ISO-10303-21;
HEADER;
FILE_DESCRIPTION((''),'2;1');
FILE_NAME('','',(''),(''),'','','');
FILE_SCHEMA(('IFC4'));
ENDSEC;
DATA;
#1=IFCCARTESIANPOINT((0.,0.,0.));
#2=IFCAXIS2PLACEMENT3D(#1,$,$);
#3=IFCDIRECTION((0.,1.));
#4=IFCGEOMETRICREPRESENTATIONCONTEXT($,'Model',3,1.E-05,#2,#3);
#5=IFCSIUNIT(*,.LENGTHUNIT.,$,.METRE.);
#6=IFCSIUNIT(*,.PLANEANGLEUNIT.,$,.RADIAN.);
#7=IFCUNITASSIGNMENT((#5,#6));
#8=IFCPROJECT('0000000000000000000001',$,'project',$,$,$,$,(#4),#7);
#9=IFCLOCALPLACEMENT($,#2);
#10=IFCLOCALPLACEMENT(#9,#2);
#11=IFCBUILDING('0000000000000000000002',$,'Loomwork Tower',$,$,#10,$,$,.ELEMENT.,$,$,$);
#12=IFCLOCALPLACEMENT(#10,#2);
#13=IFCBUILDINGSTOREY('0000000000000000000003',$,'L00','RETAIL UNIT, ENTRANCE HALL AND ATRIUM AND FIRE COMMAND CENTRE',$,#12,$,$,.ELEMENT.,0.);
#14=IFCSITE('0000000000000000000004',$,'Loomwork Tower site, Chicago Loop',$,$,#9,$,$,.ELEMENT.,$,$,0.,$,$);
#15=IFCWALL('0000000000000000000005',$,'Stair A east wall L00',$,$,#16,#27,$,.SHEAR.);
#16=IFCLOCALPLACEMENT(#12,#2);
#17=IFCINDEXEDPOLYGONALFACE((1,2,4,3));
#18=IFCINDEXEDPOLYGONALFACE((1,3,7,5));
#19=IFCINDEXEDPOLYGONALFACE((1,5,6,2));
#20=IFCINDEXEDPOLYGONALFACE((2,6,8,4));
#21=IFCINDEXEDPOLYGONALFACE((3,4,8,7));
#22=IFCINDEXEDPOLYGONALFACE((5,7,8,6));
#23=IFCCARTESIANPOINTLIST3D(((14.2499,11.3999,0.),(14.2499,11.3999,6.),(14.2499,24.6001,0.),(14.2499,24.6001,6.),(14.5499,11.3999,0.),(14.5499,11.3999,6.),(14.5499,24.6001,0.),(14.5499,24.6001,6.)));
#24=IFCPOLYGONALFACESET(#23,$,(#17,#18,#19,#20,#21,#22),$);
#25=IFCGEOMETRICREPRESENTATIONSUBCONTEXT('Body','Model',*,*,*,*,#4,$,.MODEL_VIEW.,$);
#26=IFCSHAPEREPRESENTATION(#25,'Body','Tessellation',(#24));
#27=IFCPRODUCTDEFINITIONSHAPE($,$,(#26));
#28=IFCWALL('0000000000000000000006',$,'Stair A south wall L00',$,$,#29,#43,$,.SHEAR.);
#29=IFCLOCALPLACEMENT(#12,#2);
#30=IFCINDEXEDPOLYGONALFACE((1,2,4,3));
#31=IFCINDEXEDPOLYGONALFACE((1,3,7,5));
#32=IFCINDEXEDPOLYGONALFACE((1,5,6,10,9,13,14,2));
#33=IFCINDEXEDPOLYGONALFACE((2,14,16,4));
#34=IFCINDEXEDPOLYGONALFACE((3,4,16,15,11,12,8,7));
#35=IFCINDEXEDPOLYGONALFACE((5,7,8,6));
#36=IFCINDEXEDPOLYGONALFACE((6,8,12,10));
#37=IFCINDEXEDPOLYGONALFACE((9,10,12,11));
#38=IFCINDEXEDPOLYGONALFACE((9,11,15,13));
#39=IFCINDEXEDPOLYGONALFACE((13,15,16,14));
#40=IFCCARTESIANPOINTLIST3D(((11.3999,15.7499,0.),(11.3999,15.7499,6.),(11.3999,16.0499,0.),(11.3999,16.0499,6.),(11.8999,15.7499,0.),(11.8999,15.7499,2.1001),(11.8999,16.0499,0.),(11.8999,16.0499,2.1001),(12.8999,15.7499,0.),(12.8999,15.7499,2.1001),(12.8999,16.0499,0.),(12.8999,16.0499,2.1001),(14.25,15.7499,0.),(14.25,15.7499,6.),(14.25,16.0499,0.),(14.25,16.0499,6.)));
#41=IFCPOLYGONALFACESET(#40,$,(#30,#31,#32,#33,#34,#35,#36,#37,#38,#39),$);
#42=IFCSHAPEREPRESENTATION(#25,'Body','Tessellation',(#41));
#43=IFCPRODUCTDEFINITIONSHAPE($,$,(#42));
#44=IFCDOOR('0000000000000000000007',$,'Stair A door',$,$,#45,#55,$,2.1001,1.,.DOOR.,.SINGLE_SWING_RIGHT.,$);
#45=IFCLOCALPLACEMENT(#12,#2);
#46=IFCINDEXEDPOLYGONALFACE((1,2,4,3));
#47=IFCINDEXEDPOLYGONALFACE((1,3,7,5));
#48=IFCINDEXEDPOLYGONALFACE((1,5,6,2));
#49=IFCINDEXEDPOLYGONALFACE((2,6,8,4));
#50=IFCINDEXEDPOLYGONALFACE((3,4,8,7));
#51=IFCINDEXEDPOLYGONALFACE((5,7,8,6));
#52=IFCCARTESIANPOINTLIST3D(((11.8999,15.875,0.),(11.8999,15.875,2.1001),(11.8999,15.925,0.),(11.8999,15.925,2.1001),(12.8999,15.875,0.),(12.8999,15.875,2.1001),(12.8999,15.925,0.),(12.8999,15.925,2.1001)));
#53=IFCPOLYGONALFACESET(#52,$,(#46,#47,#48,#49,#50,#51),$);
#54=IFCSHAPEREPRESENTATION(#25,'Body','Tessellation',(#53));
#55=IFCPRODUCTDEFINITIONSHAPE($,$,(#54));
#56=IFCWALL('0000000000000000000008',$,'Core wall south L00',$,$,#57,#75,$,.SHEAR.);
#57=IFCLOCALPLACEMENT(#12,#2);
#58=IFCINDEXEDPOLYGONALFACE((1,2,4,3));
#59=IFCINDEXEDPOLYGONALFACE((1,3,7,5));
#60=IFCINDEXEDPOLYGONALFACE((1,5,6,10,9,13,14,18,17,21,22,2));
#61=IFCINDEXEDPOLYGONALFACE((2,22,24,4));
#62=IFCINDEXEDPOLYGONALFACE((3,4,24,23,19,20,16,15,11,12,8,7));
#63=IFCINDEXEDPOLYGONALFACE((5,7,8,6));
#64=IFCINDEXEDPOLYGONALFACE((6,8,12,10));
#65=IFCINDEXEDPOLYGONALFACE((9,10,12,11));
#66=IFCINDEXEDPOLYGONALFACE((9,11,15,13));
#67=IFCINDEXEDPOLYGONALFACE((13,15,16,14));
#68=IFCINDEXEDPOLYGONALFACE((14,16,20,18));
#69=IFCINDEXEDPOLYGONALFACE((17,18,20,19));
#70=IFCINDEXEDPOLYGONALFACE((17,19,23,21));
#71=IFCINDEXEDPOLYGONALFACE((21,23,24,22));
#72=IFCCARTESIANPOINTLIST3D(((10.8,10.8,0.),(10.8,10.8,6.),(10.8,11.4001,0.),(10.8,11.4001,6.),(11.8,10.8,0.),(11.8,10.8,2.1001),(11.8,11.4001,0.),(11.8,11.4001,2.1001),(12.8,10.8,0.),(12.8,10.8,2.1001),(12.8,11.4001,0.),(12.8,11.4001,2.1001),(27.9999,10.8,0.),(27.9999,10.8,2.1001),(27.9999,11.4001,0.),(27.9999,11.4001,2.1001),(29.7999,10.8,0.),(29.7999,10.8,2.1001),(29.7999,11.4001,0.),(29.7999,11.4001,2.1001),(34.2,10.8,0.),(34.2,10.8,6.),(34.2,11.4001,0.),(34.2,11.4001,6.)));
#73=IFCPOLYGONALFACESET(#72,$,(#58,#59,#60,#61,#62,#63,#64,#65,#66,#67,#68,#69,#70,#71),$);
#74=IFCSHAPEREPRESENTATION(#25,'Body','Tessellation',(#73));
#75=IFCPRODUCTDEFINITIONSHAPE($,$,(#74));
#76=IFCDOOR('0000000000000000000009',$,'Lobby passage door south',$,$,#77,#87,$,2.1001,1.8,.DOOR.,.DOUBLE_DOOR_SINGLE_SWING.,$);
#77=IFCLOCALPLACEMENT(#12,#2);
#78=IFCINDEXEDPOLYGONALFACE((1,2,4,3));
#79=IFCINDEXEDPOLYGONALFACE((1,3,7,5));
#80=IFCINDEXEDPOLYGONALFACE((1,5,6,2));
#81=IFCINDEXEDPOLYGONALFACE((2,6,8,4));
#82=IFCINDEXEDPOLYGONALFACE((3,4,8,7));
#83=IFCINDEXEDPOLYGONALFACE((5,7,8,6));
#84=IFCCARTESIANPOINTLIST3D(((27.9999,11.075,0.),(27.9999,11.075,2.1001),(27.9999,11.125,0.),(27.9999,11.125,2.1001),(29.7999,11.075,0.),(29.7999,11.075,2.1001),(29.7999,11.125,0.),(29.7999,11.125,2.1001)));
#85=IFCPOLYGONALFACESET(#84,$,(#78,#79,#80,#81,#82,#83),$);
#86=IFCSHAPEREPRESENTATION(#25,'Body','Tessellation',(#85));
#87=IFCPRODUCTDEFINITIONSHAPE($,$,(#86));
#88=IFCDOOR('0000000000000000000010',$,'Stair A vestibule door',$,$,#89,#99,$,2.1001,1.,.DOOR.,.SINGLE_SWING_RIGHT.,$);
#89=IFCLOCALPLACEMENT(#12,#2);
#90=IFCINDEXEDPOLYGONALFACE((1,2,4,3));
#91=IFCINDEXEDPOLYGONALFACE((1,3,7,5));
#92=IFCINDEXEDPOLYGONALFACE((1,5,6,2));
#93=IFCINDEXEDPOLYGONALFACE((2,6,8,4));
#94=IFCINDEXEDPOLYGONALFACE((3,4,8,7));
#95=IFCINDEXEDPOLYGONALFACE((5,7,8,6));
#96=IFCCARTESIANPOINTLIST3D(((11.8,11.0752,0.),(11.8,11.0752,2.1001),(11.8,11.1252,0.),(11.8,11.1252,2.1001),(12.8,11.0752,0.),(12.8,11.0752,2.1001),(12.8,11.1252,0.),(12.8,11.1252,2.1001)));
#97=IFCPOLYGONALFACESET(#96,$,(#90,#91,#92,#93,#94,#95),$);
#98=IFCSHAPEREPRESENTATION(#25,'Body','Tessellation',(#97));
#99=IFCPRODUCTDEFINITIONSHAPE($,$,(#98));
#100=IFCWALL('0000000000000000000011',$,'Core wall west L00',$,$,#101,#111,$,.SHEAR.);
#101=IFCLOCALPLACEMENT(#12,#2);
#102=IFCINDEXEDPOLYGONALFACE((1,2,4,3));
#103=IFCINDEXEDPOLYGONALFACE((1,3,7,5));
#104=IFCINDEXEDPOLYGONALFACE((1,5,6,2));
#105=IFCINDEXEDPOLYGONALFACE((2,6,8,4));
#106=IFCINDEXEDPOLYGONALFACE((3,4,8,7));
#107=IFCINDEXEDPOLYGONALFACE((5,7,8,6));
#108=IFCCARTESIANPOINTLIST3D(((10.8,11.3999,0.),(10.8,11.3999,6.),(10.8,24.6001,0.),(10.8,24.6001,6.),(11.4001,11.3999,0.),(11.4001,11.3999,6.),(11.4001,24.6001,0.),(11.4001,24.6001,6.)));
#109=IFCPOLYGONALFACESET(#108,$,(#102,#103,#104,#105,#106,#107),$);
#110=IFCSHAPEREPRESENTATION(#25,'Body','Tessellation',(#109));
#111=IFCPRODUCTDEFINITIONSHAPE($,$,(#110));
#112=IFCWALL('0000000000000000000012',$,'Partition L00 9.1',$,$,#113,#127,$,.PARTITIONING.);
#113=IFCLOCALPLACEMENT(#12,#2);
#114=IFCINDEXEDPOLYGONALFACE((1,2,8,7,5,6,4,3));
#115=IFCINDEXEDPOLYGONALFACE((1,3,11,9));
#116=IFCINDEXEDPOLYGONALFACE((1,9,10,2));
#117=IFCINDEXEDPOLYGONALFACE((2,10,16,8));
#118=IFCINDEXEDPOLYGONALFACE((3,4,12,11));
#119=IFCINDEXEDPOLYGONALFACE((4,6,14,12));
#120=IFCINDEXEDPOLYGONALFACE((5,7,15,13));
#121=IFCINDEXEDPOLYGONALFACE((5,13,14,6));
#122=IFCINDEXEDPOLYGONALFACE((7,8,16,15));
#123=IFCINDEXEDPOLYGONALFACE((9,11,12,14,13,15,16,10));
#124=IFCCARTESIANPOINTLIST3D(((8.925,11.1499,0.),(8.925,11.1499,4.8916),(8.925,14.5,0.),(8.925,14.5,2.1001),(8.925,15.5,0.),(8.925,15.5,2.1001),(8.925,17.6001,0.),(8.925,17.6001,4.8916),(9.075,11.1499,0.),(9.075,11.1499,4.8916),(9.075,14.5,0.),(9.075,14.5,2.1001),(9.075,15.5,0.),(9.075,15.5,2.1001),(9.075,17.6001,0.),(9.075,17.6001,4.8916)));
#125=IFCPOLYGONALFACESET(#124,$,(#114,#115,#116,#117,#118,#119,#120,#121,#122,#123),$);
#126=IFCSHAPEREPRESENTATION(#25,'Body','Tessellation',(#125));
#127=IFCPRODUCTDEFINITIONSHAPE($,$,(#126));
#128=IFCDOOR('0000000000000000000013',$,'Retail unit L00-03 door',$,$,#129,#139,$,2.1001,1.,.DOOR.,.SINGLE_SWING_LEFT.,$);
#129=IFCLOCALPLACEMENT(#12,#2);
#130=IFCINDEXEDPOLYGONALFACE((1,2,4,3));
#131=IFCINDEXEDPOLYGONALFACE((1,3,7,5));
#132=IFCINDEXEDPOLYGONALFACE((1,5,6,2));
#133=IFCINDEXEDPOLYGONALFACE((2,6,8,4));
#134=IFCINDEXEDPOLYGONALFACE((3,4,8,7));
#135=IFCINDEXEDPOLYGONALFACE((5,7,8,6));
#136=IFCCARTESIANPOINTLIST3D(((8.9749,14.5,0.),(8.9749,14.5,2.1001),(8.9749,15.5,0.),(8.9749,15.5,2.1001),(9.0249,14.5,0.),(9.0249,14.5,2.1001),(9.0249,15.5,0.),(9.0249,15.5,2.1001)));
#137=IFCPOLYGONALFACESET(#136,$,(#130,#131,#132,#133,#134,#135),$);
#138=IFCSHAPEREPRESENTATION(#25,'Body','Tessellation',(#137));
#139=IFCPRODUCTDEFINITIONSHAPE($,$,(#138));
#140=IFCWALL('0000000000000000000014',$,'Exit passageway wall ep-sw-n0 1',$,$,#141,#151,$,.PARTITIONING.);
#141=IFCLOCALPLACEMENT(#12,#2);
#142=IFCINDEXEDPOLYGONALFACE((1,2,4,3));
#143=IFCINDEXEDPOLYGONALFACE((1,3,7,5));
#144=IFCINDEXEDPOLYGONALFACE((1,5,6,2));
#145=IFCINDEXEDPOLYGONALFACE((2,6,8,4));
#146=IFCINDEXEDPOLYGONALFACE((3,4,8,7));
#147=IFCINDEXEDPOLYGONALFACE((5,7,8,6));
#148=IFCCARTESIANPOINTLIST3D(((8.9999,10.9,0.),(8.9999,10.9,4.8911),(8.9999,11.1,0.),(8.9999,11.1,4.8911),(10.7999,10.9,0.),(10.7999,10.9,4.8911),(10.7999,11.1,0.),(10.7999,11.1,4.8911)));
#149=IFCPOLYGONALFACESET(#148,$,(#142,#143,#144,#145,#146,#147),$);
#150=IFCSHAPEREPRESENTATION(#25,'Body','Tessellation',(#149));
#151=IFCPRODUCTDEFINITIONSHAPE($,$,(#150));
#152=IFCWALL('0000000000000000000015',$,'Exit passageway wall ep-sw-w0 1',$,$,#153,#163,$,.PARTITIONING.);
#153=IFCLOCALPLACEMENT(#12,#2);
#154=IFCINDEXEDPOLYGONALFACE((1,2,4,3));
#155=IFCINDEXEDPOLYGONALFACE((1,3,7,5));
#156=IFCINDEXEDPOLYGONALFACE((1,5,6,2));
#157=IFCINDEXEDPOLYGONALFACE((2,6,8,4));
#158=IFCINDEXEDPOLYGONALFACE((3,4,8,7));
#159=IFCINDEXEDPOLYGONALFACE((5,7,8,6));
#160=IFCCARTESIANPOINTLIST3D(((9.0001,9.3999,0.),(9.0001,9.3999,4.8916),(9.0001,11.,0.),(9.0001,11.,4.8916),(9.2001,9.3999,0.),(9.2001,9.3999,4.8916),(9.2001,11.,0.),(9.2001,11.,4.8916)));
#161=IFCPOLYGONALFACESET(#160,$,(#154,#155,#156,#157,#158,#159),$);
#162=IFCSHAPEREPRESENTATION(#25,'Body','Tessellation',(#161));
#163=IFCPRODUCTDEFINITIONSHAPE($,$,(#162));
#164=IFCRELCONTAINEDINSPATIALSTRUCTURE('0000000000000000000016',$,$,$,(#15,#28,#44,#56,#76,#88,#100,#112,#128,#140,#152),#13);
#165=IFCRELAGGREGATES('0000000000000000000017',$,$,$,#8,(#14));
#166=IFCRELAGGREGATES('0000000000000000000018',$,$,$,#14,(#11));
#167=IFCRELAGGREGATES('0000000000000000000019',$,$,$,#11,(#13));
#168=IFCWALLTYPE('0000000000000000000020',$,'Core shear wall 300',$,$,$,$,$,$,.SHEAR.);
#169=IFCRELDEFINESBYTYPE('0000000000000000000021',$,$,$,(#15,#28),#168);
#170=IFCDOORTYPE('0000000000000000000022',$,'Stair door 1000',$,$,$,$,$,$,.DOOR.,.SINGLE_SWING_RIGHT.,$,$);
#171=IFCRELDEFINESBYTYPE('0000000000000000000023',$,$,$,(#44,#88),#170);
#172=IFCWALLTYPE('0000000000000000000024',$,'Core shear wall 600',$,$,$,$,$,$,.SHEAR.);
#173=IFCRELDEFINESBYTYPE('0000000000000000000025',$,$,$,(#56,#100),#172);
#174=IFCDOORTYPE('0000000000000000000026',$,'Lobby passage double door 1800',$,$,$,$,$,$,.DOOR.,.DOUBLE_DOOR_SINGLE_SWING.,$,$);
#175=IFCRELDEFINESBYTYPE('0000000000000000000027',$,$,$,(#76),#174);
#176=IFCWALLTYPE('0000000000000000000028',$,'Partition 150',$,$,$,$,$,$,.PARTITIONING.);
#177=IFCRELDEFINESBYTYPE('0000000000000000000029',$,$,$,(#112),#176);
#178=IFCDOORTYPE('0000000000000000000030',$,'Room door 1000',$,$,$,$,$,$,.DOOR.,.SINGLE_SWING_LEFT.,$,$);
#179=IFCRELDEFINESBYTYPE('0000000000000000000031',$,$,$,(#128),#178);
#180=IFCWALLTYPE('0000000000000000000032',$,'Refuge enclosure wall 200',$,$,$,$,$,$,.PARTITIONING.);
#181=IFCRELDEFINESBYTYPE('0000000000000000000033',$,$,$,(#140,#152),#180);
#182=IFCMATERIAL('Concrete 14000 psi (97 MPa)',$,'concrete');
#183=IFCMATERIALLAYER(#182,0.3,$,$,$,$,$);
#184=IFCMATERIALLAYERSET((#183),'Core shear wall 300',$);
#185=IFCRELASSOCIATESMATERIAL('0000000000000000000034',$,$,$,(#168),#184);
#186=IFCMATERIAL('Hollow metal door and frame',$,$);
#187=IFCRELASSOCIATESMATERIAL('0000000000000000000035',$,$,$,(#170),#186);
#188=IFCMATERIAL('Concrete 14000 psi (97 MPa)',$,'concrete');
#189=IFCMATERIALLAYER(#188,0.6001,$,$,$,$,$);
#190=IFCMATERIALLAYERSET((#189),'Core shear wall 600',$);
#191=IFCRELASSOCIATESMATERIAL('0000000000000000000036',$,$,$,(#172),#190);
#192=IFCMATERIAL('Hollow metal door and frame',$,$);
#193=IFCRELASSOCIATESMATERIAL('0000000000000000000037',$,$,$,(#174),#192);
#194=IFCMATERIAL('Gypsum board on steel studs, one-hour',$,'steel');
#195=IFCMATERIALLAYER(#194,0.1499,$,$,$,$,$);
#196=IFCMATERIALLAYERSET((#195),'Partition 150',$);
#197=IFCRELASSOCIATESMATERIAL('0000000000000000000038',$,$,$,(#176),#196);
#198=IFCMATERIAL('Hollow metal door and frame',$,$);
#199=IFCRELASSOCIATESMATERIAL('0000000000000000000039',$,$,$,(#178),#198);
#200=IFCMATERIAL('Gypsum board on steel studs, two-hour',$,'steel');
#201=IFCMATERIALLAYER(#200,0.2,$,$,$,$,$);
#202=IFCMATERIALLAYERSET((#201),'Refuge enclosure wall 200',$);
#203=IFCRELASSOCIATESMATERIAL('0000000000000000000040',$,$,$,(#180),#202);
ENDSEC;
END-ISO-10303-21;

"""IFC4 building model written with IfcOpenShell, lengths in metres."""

from ifc_helpers import new_model, si_unit, direction, frame, frame_2d, origin, place, context, subcontext, project, spatial, rectangle, extrude, material, layer, layer_set, type_object, element, fill, save


model = new_model("IFC4")

# Units and contexts
model_context = context("Model", 3, precision=1e-05, world=origin(), true_north=direction((0.0, 1.0)))
body_context = subcontext(model_context, "Body", "Model", "MODEL_VIEW")
ifc_project = project(units=[si_unit("LENGTHUNIT", "METRE"), si_unit("PLANEANGLEUNIT", "RADIAN")], contexts=[model_context])

# Site, building, storey
site_placement = place(None, origin())
site = spatial("IfcSite", under=ifc_project, at=site_placement, Name="Loomwork Tower site, Chicago Loop", CompositionType="ELEMENT", RefElevation=0.0)
building_placement = place(site_placement, origin())
building = spatial("IfcBuilding", under=site, at=building_placement, Name="Loomwork Tower", CompositionType="ELEMENT")
storey_placement = place(building_placement, origin())
storey = spatial("IfcBuildingStorey", under=building, at=storey_placement, Name="L00", Description="RETAIL UNIT, ENTRANCE HALL AND ATRIUM AND FIRE COMMAND CENTRE", CompositionType="ELEMENT", Elevation=0.0)

# Wall
ifc_material_1 = material(Name="Concrete 14000 psi (97 MPa)", Category="concrete")
ifc_layer_1 = layer(ifc_material_1, 0.3)
ifc_layer_set_1 = layer_set([ifc_layer_1], Name="Core shear wall 300")
wall_type_1 = type_object("IfcWallType", Name="Core shear wall 300", PredefinedType="SHEAR", material=ifc_layer_set_1)
wall_1_placement = place(storey_placement, frame((14.3999, 11.3999, 0.0), z_axis=(0.0, 0.0, 1.0), x_axis=(0.0, 1.0, 0.0)))
element("IfcWall", 1, at=wall_1_placement, inside=storey, type_object=wall_type_1, Name="Stair A east wall L00", PredefinedType="SHEAR", context=body_context, shape_type="SweptSolid", body=[
    extrude(rectangle(XDim=13.2002, YDim=0.3, at=frame_2d((6.6001, 0.0))), origin(), (0.0, 0.0, 1.0), 6.0),
])

# Wall, opening, door
wall_2_placement = place(storey_placement, frame((11.3999, 15.8999, 0.0), z_axis=(0.0, 0.0, 1.0), x_axis=(1.0, 0.0, 0.0)))
wall_2 = element("IfcWall", 2, at=wall_2_placement, inside=storey, type_object=wall_type_1, Name="Stair A south wall L00", PredefinedType="SHEAR", context=body_context, shape_type="SweptSolid", body=[
    extrude(rectangle(XDim=2.8501, YDim=0.3, at=frame_2d((1.425, 0.0))), origin(), (0.0, 0.0, 1.0), 6.0),
])
opening_1_placement = place(wall_2_placement, frame((0.5, 0.0, 0.0)))
opening_1 = element("IfcOpeningElement", 3, at=opening_1_placement, cuts=wall_2, PredefinedType="OPENING", context=body_context, shape_type="SweptSolid", body=[
    extrude(rectangle(XDim=1.0, YDim=2.1001, at=frame_2d((0.5, 1.05))), frame((0.0, 0.1599, 0.0), z_axis=(0.0, -1.0, 0.0), x_axis=(1.0, 0.0, 0.0)), (0.0, 0.0, 1.0), 0.3201),
])
ifc_material_2 = material(Name="Hollow metal door and frame")
door_type_1 = type_object("IfcDoorType", Name="Stair door 1000", OperationType="SINGLE_SWING_RIGHT", PredefinedType="DOOR", material=ifc_material_2)
door_1_placement = place(opening_1_placement, frame((1.0, 0.0, 0.0), z_axis=(0.0, 0.0, 1.0), x_axis=(-1.0, 0.0, 0.0)))
door_1 = element("IfcDoor", 4, at=door_1_placement, inside=storey, type_object=door_type_1, Name="Stair A door", OperationType="SINGLE_SWING_RIGHT", OverallHeight=2.1001, OverallWidth=1.0, PredefinedType="DOOR", context=body_context, shape_type="SweptSolid", body=[
    extrude(rectangle(XDim=1.0, YDim=2.1001, at=frame_2d((0.5, 1.05))), frame((0.0, 0.0249, 0.0), z_axis=(0.0, -1.0, 0.0), x_axis=(1.0, 0.0, 0.0)), (0.0, 0.0, 1.0), 0.05),
])
fill(opening_1, door_1)

# Wall, openings, doors
ifc_material_3 = material(Name="Concrete 14000 psi (97 MPa)", Category="concrete")
ifc_layer_2 = layer(ifc_material_3, 0.6001)
ifc_layer_set_2 = layer_set([ifc_layer_2], Name="Core shear wall 600")
wall_type_2 = type_object("IfcWallType", Name="Core shear wall 600", PredefinedType="SHEAR", material=ifc_layer_set_2)
wall_3_placement = place(storey_placement, frame((10.8, 11.1001, 0.0), z_axis=(0.0, 0.0, 1.0), x_axis=(1.0, 0.0, 0.0)))
wall_3 = element("IfcWall", 5, at=wall_3_placement, inside=storey, type_object=wall_type_2, Name="Core wall south L00", PredefinedType="SHEAR", context=body_context, shape_type="SweptSolid", body=[
    extrude(rectangle(XDim=23.3999, YDim=0.6001, at=frame_2d((11.7, 0.0))), origin(), (0.0, 0.0, 1.0), 6.0),
])
opening_2_placement = place(wall_3_placement, frame((1.0, 0.0, 0.0)))
opening_2 = element("IfcOpeningElement", 6, at=opening_2_placement, cuts=wall_3, PredefinedType="OPENING", context=body_context, shape_type="SweptSolid", body=[
    extrude(rectangle(XDim=1.0, YDim=2.1001, at=frame_2d((0.5, 1.05))), frame((0.0, 0.3101, 0.0), z_axis=(0.0, -1.0, 0.0), x_axis=(1.0, 0.0, 0.0)), (0.0, 0.0, 1.0), 0.6201),
])
opening_3_placement = place(wall_3_placement, frame((17.2, 0.0, 0.0)))
opening_3 = element("IfcOpeningElement", 7, at=opening_3_placement, cuts=wall_3, PredefinedType="OPENING", context=body_context, shape_type="SweptSolid", body=[
    extrude(rectangle(XDim=1.8, YDim=2.1001, at=frame_2d((0.8999, 1.05))), frame((0.0, 0.3101, 0.0), z_axis=(0.0, -1.0, 0.0), x_axis=(1.0, 0.0, 0.0)), (0.0, 0.0, 1.0), 0.6201),
])
ifc_material_4 = material(Name="Hollow metal door and frame")
door_type_2 = type_object("IfcDoorType", Name="Lobby passage double door 1800", OperationType="DOUBLE_DOOR_SINGLE_SWING", PredefinedType="DOOR", material=ifc_material_4)
door_2_placement = place(opening_3_placement, origin())
door_2 = element("IfcDoor", 8, at=door_2_placement, inside=storey, type_object=door_type_2, Name="Lobby passage door south", OperationType="DOUBLE_DOOR_SINGLE_SWING", OverallHeight=2.1001, OverallWidth=1.8, PredefinedType="DOOR", context=body_context, shape_type="SweptSolid", body=[
    extrude(rectangle(XDim=1.8, YDim=2.1001, at=frame_2d((0.8999, 1.05))), frame((0.0, 0.0249, 0.0), z_axis=(0.0, -1.0, 0.0), x_axis=(1.0, 0.0, 0.0)), (0.0, 0.0, 1.0), 0.05),
])
fill(opening_3, door_2)
door_3_placement = place(opening_2_placement, frame((1.0, 0.0, 0.0), z_axis=(0.0, 0.0, 1.0), x_axis=(-1.0, 0.0, 0.0)))
door_3 = element("IfcDoor", 9, at=door_3_placement, inside=storey, type_object=door_type_1, Name="Stair A vestibule door", OperationType="SINGLE_SWING_RIGHT", OverallHeight=2.1001, OverallWidth=1.0, PredefinedType="DOOR", context=body_context, shape_type="SweptSolid", body=[
    extrude(rectangle(XDim=1.0, YDim=2.1001, at=frame_2d((0.5, 1.05))), frame((0.0, 0.0249, 0.0), z_axis=(0.0, -1.0, 0.0), x_axis=(1.0, 0.0, 0.0)), (0.0, 0.0, 1.0), 0.05),
])
fill(opening_2, door_3)

# Wall
wall_4_placement = place(storey_placement, frame((11.1001, 11.3999, 0.0), z_axis=(0.0, 0.0, 1.0), x_axis=(0.0, 1.0, 0.0)))
element("IfcWall", 10, at=wall_4_placement, inside=storey, type_object=wall_type_2, Name="Core wall west L00", PredefinedType="SHEAR", context=body_context, shape_type="SweptSolid", body=[
    extrude(rectangle(XDim=13.2002, YDim=0.6001, at=frame_2d((6.6001, 0.0))), origin(), (0.0, 0.0, 1.0), 6.0),
])

# Wall, opening, door
ifc_material_5 = material(Name="Gypsum board on steel studs, one-hour", Category="steel")
ifc_layer_3 = layer(ifc_material_5, 0.1499)
ifc_layer_set_3 = layer_set([ifc_layer_3], Name="Partition 150")
wall_type_3 = type_object("IfcWallType", Name="Partition 150", PredefinedType="PARTITIONING", material=ifc_layer_set_3)
wall_5_placement = place(storey_placement, frame((9.0, 17.6001, 0.0), z_axis=(0.0, 0.0, 1.0), x_axis=(0.0, -1.0, 0.0)))
wall_5 = element("IfcWall", 11, at=wall_5_placement, inside=storey, type_object=wall_type_3, Name="Partition L00 9.1", PredefinedType="PARTITIONING", context=body_context, shape_type="SweptSolid", body=[
    extrude(rectangle(XDim=6.4502, YDim=0.1499, at=frame_2d((3.2251, 0.0))), origin(), (0.0, 0.0, 1.0), 4.8916),
])
opening_4_placement = place(wall_5_placement, frame((2.1001, 0.0, 0.0)))
opening_4 = element("IfcOpeningElement", 12, at=opening_4_placement, cuts=wall_5, PredefinedType="OPENING", context=body_context, shape_type="SweptSolid", body=[
    extrude(rectangle(XDim=1.0, YDim=2.1001, at=frame_2d((0.5, 1.05))), frame((0.0, 0.085, 0.0), z_axis=(0.0, -1.0, 0.0), x_axis=(1.0, 0.0, 0.0)), (0.0, 0.0, 1.0), 0.1699),
])
ifc_material_6 = material(Name="Hollow metal door and frame")
door_type_3 = type_object("IfcDoorType", Name="Room door 1000", OperationType="SINGLE_SWING_LEFT", PredefinedType="DOOR", material=ifc_material_6)
door_4_placement = place(opening_4_placement, origin())
door_4 = element("IfcDoor", 13, at=door_4_placement, inside=storey, type_object=door_type_3, Name="Retail unit L00-03 door", OperationType="SINGLE_SWING_LEFT", OverallHeight=2.1001, OverallWidth=1.0, PredefinedType="DOOR", context=body_context, shape_type="SweptSolid", body=[
    extrude(rectangle(XDim=1.0, YDim=2.1001, at=frame_2d((0.5, 1.05))), frame((0.0, 0.0249, 0.0), z_axis=(0.0, -1.0, 0.0), x_axis=(1.0, 0.0, 0.0)), (0.0, 0.0, 1.0), 0.05),
])
fill(opening_4, door_4)

# Walls
ifc_material_7 = material(Name="Gypsum board on steel studs, two-hour", Category="steel")
ifc_layer_4 = layer(ifc_material_7, 0.2)
ifc_layer_set_4 = layer_set([ifc_layer_4], Name="Refuge enclosure wall 200")
wall_type_4 = type_object("IfcWallType", Name="Refuge enclosure wall 200", PredefinedType="PARTITIONING", material=ifc_layer_set_4)
wall_6_placement = place(storey_placement, frame((9.0, 11.0, 0.0), z_axis=(0.0, 0.0, 1.0), x_axis=(1.0, 0.0, 0.0)))
element("IfcWall", 14, at=wall_6_placement, inside=storey, type_object=wall_type_4, Name="Exit passageway wall ep-sw-n0 1", PredefinedType="PARTITIONING", context=body_context, shape_type="SweptSolid", body=[
    extrude(rectangle(XDim=1.8, YDim=0.2, at=frame_2d((0.8999, 0.0))), origin(), (0.0, 0.0, 1.0), 4.8911),
])
wall_7_placement = place(storey_placement, frame((9.1001, 9.3999, 0.0), z_axis=(0.0, 0.0, 1.0), x_axis=(0.0, 1.0, 0.0)))
element("IfcWall", 15, at=wall_7_placement, inside=storey, type_object=wall_type_4, Name="Exit passageway wall ep-sw-w0 1", PredefinedType="PARTITIONING", context=body_context, shape_type="SweptSolid", body=[
    extrude(rectangle(XDim=1.6001, YDim=0.2, at=frame_2d((0.8, 0.0))), origin(), (0.0, 0.0, 1.0), 4.8916),
])

save(model, "model.ifc")
